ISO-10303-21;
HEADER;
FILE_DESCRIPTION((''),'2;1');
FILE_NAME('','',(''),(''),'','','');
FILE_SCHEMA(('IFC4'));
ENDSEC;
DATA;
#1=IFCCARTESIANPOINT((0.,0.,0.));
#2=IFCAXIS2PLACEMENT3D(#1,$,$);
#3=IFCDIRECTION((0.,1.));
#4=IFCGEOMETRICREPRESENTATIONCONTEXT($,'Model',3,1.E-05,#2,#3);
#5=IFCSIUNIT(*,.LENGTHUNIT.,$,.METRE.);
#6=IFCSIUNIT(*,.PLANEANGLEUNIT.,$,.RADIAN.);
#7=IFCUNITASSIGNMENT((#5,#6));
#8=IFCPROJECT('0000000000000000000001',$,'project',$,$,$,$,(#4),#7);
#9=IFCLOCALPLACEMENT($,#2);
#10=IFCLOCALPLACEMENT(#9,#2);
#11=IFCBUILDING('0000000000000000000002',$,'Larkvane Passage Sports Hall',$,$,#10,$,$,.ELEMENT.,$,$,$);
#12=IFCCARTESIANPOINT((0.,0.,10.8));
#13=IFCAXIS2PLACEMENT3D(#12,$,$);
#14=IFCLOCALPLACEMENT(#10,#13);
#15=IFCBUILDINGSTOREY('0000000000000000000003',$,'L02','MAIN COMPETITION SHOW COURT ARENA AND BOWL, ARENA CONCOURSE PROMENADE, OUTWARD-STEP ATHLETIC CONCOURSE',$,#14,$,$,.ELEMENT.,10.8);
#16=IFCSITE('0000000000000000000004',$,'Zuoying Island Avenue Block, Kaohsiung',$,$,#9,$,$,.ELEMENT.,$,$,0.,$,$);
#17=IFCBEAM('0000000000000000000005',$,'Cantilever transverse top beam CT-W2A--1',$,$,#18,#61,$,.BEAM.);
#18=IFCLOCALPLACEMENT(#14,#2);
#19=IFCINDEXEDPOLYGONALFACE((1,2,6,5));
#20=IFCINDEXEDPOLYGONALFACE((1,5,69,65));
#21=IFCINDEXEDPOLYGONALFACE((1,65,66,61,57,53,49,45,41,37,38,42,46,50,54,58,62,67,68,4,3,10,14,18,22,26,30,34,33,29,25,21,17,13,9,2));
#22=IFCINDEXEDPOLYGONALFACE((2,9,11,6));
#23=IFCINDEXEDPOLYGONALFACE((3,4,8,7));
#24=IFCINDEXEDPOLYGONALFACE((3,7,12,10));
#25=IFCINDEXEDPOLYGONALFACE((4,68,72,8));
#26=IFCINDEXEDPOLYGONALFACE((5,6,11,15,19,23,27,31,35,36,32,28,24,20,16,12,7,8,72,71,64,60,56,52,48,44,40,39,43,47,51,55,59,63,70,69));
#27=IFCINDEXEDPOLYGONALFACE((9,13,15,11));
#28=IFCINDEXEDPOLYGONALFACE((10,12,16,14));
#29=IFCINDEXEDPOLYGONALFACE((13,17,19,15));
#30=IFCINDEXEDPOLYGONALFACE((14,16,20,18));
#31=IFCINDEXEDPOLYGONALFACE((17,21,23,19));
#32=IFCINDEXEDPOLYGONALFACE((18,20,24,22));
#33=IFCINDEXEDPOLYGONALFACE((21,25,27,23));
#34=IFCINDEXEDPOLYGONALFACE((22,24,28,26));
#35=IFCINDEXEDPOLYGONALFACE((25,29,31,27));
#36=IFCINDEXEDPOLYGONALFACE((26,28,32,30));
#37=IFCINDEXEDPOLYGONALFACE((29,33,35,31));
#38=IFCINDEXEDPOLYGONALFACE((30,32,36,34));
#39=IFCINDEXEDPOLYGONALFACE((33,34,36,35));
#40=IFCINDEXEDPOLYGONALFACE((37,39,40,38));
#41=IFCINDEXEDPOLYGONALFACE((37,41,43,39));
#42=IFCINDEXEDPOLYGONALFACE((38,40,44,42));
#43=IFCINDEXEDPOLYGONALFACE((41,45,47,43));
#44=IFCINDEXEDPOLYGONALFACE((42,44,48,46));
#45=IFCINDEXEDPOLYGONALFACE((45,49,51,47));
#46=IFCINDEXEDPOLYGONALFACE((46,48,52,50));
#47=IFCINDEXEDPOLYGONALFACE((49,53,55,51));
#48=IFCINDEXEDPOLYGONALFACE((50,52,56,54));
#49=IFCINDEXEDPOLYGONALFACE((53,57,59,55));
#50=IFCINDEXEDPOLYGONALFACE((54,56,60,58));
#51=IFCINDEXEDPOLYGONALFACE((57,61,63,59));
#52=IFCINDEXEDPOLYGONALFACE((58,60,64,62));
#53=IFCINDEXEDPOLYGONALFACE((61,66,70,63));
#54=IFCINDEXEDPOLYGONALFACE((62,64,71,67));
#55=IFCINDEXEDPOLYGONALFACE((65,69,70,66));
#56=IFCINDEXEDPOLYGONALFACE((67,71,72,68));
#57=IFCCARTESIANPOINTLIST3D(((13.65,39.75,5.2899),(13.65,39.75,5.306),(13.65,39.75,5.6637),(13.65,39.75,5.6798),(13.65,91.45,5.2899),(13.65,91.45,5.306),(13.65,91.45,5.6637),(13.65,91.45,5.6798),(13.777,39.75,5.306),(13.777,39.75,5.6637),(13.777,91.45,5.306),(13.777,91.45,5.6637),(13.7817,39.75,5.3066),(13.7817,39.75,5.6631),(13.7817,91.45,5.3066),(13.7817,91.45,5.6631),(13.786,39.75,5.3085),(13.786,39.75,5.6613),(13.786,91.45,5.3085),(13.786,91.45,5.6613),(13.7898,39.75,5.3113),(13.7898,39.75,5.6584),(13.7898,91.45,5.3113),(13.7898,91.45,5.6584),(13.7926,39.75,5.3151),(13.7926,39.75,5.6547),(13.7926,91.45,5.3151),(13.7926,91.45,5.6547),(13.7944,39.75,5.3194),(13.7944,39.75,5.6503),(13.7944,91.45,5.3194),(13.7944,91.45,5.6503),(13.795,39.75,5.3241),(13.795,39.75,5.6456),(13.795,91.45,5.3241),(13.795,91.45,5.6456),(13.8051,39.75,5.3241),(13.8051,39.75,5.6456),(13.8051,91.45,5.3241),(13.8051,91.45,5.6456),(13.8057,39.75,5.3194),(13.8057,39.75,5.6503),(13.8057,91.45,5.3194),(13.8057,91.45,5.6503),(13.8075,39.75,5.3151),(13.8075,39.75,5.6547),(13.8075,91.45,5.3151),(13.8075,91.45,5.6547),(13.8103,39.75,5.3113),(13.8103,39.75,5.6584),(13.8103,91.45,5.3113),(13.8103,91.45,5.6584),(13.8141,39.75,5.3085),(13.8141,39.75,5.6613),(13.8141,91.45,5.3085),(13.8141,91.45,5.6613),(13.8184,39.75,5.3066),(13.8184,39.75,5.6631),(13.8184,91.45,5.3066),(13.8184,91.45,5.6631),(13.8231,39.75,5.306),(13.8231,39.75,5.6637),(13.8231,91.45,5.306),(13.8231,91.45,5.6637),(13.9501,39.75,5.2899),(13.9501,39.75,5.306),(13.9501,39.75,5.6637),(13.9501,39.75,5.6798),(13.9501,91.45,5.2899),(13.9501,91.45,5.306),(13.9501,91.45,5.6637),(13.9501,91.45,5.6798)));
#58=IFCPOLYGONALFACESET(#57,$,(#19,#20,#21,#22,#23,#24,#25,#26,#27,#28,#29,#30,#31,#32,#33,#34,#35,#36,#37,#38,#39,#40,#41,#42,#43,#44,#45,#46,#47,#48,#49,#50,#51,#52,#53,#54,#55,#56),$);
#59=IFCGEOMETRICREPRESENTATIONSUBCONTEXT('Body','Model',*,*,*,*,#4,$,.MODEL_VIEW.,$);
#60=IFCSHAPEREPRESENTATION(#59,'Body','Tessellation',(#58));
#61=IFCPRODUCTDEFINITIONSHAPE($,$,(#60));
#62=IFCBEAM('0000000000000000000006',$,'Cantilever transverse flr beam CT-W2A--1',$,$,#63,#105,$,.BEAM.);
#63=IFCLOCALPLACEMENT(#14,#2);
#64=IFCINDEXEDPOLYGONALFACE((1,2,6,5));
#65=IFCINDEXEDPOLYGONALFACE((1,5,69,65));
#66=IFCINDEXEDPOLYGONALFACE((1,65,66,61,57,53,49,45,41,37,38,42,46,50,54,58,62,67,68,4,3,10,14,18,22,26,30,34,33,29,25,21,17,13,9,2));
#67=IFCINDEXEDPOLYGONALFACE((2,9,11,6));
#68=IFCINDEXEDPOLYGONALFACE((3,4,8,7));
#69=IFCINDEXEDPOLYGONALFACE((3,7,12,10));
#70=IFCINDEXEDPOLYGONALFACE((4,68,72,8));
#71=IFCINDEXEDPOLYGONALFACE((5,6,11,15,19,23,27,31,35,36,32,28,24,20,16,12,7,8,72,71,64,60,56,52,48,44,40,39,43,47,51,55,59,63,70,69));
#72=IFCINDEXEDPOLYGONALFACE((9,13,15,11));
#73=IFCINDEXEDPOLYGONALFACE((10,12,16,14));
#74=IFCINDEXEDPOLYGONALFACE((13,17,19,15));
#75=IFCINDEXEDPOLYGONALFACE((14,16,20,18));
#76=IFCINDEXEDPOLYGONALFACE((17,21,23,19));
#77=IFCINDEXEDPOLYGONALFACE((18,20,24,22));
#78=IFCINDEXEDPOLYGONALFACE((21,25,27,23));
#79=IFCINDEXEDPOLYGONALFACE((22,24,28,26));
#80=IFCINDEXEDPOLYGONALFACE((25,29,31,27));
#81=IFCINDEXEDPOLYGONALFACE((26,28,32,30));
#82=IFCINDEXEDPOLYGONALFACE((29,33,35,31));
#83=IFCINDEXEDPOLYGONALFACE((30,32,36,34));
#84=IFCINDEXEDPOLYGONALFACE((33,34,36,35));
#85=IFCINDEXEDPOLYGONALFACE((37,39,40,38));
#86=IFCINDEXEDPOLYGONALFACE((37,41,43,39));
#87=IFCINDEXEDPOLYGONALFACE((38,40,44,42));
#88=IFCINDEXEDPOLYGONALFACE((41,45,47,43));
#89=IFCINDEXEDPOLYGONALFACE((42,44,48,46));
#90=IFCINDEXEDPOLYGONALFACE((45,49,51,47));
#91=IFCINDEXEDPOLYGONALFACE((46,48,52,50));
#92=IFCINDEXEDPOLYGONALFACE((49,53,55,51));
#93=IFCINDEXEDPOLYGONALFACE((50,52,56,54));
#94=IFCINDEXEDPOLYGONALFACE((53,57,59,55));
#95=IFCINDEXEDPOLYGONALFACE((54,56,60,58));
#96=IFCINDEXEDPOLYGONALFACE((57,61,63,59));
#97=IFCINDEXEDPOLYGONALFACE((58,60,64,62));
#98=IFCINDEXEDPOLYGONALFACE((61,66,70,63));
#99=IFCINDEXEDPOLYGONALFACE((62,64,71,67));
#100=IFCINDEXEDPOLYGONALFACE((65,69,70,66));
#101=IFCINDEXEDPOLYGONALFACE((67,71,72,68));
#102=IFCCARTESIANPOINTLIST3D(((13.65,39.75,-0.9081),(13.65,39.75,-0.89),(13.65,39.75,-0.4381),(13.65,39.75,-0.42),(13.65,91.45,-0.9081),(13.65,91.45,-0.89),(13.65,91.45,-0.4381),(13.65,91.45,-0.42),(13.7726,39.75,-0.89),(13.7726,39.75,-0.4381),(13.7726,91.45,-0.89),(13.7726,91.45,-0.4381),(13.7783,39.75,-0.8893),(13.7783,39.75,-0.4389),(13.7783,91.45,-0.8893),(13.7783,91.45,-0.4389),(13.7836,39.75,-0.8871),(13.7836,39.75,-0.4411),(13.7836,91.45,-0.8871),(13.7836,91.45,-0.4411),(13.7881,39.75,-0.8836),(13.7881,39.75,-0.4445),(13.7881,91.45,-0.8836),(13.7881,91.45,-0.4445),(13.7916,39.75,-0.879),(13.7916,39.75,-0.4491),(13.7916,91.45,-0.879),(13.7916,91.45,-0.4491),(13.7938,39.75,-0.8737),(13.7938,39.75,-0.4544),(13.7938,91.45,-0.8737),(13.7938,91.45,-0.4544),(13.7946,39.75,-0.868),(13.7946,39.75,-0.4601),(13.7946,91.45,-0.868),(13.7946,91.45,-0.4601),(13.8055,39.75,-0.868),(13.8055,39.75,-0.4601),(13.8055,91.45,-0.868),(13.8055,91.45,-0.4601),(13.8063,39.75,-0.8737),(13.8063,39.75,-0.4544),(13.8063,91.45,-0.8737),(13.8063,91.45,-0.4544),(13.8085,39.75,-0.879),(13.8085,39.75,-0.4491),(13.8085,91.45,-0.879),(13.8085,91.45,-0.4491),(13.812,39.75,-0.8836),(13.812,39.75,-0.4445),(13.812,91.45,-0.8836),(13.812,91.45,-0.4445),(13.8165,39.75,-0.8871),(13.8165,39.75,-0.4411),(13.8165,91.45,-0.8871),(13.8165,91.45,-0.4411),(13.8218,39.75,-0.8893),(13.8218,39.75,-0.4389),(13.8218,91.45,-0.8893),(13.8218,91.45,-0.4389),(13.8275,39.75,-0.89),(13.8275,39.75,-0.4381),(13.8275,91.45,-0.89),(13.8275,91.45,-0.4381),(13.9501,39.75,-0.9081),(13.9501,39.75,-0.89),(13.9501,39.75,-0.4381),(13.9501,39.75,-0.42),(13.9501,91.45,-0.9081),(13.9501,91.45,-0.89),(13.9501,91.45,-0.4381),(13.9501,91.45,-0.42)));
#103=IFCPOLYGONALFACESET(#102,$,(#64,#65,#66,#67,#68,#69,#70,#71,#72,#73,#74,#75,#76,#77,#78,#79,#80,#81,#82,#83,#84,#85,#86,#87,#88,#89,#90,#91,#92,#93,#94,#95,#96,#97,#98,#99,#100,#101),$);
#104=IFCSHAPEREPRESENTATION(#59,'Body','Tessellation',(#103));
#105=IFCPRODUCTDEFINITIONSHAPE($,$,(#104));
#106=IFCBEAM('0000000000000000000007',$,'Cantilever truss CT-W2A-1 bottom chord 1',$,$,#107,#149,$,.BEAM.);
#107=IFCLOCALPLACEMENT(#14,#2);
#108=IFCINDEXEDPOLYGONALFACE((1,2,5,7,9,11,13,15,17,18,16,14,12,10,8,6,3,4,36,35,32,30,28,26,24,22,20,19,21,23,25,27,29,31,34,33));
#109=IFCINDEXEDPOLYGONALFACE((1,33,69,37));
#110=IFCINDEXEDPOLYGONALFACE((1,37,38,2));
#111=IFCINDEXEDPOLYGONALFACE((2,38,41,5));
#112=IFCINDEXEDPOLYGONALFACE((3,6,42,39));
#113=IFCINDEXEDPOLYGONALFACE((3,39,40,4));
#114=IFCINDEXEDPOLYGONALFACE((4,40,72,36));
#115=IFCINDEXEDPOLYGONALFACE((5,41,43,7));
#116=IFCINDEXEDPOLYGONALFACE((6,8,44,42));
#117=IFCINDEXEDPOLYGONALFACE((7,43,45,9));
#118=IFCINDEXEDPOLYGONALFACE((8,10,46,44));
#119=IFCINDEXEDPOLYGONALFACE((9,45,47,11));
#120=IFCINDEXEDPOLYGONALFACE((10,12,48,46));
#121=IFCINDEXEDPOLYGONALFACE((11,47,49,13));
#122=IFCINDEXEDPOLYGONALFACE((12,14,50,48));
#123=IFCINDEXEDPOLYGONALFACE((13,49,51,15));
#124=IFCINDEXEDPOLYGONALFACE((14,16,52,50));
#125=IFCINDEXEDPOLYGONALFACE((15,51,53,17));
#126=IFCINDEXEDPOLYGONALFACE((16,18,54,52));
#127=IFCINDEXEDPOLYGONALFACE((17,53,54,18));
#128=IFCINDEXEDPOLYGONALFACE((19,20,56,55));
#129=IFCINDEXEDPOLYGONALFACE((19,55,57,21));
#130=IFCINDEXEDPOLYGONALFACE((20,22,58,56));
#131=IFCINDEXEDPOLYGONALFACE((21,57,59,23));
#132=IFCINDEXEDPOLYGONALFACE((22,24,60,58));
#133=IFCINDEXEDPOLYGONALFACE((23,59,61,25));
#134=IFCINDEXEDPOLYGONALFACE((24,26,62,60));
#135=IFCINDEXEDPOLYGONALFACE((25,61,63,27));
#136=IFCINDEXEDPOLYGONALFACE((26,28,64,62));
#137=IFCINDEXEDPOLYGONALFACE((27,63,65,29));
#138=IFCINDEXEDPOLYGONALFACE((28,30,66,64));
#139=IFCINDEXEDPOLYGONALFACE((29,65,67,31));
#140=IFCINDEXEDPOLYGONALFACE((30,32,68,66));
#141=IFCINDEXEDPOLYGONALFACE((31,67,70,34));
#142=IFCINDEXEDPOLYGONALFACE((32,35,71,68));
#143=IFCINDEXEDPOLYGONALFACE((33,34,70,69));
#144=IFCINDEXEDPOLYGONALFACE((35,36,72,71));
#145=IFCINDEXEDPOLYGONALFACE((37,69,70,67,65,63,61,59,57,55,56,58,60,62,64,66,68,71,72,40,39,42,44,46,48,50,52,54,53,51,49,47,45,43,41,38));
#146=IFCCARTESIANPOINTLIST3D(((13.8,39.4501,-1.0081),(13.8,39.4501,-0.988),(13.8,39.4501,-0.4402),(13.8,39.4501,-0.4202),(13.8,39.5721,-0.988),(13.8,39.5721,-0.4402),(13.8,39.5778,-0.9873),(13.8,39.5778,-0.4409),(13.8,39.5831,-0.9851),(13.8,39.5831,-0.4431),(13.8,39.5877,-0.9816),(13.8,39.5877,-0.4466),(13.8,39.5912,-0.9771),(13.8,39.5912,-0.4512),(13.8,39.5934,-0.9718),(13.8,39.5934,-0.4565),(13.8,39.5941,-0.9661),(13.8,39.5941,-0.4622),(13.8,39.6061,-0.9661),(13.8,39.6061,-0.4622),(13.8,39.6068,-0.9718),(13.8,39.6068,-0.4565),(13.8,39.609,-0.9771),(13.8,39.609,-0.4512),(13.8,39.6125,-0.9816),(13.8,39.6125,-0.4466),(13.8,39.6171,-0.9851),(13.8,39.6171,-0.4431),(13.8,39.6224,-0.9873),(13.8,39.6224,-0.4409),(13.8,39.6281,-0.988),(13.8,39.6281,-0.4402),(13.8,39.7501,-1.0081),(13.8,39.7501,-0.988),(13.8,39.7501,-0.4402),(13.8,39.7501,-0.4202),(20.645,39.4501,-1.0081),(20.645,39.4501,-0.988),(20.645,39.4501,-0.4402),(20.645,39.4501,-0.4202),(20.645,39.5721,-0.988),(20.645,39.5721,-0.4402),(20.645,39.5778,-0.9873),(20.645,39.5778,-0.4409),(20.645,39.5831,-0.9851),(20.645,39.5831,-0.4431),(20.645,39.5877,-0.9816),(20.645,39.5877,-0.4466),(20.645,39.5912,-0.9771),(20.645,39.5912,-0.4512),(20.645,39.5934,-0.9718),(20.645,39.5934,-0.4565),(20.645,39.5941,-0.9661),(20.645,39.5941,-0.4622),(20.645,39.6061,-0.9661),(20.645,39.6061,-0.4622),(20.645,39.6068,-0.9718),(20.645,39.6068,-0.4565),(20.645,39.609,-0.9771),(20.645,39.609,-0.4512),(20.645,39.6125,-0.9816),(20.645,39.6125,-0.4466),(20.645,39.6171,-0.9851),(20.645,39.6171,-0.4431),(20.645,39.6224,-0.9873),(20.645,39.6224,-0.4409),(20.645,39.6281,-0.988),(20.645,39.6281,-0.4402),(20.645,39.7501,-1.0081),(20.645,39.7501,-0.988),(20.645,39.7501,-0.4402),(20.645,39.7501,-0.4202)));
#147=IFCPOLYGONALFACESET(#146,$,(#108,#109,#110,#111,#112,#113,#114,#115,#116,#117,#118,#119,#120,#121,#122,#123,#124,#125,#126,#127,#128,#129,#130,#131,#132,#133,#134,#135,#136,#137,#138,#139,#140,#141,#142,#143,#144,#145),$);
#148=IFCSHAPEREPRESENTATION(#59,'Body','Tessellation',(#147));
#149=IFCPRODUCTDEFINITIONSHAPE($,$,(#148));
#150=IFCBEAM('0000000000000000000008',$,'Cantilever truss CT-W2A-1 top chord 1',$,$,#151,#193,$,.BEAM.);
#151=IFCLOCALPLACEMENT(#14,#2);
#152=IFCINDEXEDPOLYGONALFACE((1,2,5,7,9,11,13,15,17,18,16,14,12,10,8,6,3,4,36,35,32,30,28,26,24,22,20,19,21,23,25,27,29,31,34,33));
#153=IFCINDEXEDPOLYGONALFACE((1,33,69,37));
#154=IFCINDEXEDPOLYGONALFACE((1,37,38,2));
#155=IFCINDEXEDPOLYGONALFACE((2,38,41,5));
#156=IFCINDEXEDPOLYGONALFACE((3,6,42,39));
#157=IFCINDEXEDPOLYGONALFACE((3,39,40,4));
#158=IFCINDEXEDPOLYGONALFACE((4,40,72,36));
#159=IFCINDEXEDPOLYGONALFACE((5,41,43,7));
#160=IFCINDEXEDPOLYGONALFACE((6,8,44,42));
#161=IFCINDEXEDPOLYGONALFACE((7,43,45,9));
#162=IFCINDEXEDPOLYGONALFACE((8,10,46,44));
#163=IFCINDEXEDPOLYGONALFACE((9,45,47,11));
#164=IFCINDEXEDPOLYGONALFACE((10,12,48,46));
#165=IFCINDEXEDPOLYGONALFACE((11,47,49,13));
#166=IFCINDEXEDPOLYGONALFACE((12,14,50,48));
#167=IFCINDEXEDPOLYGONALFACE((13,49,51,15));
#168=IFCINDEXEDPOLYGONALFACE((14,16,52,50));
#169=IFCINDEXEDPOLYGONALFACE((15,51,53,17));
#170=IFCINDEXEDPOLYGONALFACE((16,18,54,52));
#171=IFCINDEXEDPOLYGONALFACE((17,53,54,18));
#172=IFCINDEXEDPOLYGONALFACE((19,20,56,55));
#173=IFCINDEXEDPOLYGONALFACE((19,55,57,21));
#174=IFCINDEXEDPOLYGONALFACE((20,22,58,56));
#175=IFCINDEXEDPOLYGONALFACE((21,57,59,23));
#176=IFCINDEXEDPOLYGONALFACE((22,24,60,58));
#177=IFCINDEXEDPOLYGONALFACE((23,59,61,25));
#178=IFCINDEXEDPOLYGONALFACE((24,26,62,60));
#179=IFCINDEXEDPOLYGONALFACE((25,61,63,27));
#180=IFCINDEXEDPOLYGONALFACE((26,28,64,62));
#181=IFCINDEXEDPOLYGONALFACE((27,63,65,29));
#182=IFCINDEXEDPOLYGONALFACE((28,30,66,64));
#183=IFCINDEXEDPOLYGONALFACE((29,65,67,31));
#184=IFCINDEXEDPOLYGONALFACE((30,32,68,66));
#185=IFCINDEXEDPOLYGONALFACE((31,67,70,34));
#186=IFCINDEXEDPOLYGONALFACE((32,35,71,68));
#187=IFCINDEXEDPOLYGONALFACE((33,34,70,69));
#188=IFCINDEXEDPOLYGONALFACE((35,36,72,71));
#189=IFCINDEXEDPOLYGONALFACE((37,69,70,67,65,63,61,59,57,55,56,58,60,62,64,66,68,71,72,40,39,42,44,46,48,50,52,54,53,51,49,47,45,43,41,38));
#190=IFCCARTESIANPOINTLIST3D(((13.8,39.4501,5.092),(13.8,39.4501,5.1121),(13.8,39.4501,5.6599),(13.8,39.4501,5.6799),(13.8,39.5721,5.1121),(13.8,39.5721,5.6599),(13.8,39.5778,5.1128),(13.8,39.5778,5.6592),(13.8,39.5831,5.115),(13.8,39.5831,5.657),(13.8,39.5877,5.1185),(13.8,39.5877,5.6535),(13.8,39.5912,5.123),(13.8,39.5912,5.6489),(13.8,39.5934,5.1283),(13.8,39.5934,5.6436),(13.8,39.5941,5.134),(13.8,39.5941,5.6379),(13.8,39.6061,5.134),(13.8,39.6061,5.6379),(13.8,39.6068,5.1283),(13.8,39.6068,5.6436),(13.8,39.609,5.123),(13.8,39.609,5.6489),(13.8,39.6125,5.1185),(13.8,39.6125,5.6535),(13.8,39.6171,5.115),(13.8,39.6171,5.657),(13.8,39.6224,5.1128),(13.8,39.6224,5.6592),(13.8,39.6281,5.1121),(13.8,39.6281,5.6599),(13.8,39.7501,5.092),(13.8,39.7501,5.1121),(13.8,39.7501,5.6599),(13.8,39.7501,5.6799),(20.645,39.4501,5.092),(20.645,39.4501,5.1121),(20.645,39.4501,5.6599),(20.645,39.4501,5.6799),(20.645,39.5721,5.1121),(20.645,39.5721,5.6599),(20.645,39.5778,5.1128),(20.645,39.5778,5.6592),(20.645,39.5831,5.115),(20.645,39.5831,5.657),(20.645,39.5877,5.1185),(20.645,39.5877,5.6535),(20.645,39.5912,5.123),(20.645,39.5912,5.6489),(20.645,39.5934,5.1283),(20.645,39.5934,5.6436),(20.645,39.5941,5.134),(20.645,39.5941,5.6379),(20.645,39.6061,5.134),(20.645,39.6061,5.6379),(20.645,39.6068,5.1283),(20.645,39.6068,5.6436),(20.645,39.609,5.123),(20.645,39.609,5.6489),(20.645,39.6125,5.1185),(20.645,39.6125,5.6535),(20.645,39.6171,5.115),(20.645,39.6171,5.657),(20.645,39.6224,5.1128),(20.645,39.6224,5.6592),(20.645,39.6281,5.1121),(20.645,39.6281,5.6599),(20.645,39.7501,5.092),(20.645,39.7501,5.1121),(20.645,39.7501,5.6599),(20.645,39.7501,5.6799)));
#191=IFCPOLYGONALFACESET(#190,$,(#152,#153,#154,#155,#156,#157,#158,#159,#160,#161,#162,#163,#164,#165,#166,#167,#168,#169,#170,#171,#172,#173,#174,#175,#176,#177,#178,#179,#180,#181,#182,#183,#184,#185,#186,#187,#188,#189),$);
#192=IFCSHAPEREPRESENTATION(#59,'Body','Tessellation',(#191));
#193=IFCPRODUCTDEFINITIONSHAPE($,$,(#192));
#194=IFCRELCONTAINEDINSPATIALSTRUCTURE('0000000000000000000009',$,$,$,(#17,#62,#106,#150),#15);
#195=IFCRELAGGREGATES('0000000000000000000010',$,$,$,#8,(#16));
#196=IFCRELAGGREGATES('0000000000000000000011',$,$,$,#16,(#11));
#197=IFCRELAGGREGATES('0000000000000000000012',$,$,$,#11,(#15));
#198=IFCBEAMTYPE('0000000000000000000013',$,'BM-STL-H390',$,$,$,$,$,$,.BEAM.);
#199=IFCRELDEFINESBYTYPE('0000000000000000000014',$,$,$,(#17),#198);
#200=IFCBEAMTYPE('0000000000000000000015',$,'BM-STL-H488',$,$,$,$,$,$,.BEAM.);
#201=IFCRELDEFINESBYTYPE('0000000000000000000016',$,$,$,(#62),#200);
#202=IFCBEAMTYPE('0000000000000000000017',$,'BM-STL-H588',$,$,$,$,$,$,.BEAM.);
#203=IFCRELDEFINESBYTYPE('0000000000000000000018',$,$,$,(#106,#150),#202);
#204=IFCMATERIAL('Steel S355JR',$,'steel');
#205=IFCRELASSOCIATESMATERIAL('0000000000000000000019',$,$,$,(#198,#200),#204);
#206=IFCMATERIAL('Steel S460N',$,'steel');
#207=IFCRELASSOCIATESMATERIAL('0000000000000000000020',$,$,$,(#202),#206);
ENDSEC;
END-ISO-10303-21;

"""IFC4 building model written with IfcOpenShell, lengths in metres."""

from ifc_helpers import new_model, si_unit, direction, frame, origin, origin_2d, place, context, subcontext, project, spatial, i_section, extrude, material, material_profile, profile_set, type_object, element, save


model = new_model("IFC4")

# Units and contexts
model_context = context("Model", 3, precision=1e-05, world=origin(), true_north=direction((0.0, 1.0)))
body_context = subcontext(model_context, "Body", "Model", "MODEL_VIEW")
ifc_project = project(units=[si_unit("LENGTHUNIT", "METRE"), si_unit("PLANEANGLEUNIT", "RADIAN")], contexts=[model_context])

# Site, building, storey
site_placement = place(None, origin())
site = spatial("IfcSite", under=ifc_project, at=site_placement, Name="Zuoying Island Avenue Block, Kaohsiung", CompositionType="ELEMENT", RefElevation=0.0)
building_placement = place(site_placement, origin())
building = spatial("IfcBuilding", under=site, at=building_placement, Name="Larkvane Passage Sports Hall", CompositionType="ELEMENT")
storey_placement = place(building_placement, frame((0.0, 0.0, 10.8)))
storey = spatial("IfcBuildingStorey", under=building, at=storey_placement, Name="L02", Description="MAIN COMPETITION SHOW COURT ARENA AND BOWL, ARENA CONCOURSE PROMENADE, OUTWARD-STEP ATHLETIC CONCOURSE", CompositionType="ELEMENT", Elevation=10.8)

# Beams
ifc_material_1 = material(Name="Steel S355JR", Category="steel")
ifc_material_profile_1 = material_profile(ifc_material_1, i_section(OverallWidth=0.3, OverallDepth=0.3899, WebThickness=0.01, FlangeThickness=0.0161, FilletRadius=0.0181, at=origin_2d()), Name="H-390x300x10x16")
ifc_profile_set_1 = profile_set([ifc_material_profile_1], Name="Steel S355JR")
beam_type_1 = type_object("IfcBeamType", Name="BM-STL-H390", PredefinedType="BEAM", material=ifc_profile_set_1)
beam_1_placement = place(storey_placement, frame((13.8, 39.75, 5.4849), z_axis=(0.0, 1.0, 0.0), x_axis=(-1.0, 0.0, 0.0)))
element("IfcBeam", 1, at=beam_1_placement, inside=storey, type_object=beam_type_1, Name="Cantilever transverse top beam CT-W2A--1", PredefinedType="BEAM", context=body_context, shape_type="SweptSolid", body=[
    extrude(i_section(OverallWidth=0.3, OverallDepth=0.3899, WebThickness=0.01, FlangeThickness=0.0161, FilletRadius=0.0181, at=origin_2d()), origin(), (0.0, 0.0, 1.0), 51.7),
])
ifc_material_profile_2 = material_profile(ifc_material_1, i_section(OverallWidth=0.3, OverallDepth=0.488, WebThickness=0.011, FlangeThickness=0.0181, FilletRadius=0.022, at=origin_2d()), Name="H-488x300x11x18")
ifc_profile_set_2 = profile_set([ifc_material_profile_2], Name="Steel S355JR")
beam_type_2 = type_object("IfcBeamType", Name="BM-STL-H488", PredefinedType="BEAM", material=ifc_profile_set_2)
beam_2_placement = place(storey_placement, frame((13.8, 39.75, -0.6641), z_axis=(0.0, 1.0, 0.0), x_axis=(-1.0, 0.0, 0.0)))
element("IfcBeam", 2, at=beam_2_placement, inside=storey, type_object=beam_type_2, Name="Cantilever transverse flr beam CT-W2A--1", PredefinedType="BEAM", context=body_context, shape_type="SweptSolid", body=[
    extrude(i_section(OverallWidth=0.3, OverallDepth=0.488, WebThickness=0.011, FlangeThickness=0.0181, FilletRadius=0.022, at=origin_2d()), origin(), (0.0, 0.0, 1.0), 51.7),
])
ifc_material_2 = material(Name="Steel S460N", Category="steel")
ifc_material_profile_3 = material_profile(ifc_material_2, i_section(OverallWidth=0.3, OverallDepth=0.5879, WebThickness=0.012, FlangeThickness=0.02, FilletRadius=0.022, at=origin_2d()), Name="H-588x300x12x20")
ifc_profile_set_3 = profile_set([ifc_material_profile_3], Name="Steel S460N")
beam_type_3 = type_object("IfcBeamType", Name="BM-STL-H588", PredefinedType="BEAM", material=ifc_profile_set_3)
for number, where, z_axis, x_axis, name in (
    (3, (13.8, 39.6001, -0.7141), (1.0, 0.0, 0.0), (0.0, 1.0, 0.0), "Cantilever truss CT-W2A-1 bottom chord 1"),
    (4, (13.8, 39.6001, 5.386), (1.0, 0.0, 0.0), (0.0, 1.0, 0.0), "Cantilever truss CT-W2A-1 top chord 1"),
):
    element("IfcBeam", number, at=place(storey_placement, frame(where, z_axis=z_axis, x_axis=x_axis)), inside=storey, type_object=beam_type_3, Name=name, PredefinedType="BEAM", context=body_context, shape_type="SweptSolid", body=[
        extrude(i_section(OverallWidth=0.3, OverallDepth=0.5879, WebThickness=0.012, FlangeThickness=0.02, FilletRadius=0.022, at=origin_2d()), origin(), (0.0, 0.0, 1.0), 6.845),
    ])

save(model, "model.ifc")
